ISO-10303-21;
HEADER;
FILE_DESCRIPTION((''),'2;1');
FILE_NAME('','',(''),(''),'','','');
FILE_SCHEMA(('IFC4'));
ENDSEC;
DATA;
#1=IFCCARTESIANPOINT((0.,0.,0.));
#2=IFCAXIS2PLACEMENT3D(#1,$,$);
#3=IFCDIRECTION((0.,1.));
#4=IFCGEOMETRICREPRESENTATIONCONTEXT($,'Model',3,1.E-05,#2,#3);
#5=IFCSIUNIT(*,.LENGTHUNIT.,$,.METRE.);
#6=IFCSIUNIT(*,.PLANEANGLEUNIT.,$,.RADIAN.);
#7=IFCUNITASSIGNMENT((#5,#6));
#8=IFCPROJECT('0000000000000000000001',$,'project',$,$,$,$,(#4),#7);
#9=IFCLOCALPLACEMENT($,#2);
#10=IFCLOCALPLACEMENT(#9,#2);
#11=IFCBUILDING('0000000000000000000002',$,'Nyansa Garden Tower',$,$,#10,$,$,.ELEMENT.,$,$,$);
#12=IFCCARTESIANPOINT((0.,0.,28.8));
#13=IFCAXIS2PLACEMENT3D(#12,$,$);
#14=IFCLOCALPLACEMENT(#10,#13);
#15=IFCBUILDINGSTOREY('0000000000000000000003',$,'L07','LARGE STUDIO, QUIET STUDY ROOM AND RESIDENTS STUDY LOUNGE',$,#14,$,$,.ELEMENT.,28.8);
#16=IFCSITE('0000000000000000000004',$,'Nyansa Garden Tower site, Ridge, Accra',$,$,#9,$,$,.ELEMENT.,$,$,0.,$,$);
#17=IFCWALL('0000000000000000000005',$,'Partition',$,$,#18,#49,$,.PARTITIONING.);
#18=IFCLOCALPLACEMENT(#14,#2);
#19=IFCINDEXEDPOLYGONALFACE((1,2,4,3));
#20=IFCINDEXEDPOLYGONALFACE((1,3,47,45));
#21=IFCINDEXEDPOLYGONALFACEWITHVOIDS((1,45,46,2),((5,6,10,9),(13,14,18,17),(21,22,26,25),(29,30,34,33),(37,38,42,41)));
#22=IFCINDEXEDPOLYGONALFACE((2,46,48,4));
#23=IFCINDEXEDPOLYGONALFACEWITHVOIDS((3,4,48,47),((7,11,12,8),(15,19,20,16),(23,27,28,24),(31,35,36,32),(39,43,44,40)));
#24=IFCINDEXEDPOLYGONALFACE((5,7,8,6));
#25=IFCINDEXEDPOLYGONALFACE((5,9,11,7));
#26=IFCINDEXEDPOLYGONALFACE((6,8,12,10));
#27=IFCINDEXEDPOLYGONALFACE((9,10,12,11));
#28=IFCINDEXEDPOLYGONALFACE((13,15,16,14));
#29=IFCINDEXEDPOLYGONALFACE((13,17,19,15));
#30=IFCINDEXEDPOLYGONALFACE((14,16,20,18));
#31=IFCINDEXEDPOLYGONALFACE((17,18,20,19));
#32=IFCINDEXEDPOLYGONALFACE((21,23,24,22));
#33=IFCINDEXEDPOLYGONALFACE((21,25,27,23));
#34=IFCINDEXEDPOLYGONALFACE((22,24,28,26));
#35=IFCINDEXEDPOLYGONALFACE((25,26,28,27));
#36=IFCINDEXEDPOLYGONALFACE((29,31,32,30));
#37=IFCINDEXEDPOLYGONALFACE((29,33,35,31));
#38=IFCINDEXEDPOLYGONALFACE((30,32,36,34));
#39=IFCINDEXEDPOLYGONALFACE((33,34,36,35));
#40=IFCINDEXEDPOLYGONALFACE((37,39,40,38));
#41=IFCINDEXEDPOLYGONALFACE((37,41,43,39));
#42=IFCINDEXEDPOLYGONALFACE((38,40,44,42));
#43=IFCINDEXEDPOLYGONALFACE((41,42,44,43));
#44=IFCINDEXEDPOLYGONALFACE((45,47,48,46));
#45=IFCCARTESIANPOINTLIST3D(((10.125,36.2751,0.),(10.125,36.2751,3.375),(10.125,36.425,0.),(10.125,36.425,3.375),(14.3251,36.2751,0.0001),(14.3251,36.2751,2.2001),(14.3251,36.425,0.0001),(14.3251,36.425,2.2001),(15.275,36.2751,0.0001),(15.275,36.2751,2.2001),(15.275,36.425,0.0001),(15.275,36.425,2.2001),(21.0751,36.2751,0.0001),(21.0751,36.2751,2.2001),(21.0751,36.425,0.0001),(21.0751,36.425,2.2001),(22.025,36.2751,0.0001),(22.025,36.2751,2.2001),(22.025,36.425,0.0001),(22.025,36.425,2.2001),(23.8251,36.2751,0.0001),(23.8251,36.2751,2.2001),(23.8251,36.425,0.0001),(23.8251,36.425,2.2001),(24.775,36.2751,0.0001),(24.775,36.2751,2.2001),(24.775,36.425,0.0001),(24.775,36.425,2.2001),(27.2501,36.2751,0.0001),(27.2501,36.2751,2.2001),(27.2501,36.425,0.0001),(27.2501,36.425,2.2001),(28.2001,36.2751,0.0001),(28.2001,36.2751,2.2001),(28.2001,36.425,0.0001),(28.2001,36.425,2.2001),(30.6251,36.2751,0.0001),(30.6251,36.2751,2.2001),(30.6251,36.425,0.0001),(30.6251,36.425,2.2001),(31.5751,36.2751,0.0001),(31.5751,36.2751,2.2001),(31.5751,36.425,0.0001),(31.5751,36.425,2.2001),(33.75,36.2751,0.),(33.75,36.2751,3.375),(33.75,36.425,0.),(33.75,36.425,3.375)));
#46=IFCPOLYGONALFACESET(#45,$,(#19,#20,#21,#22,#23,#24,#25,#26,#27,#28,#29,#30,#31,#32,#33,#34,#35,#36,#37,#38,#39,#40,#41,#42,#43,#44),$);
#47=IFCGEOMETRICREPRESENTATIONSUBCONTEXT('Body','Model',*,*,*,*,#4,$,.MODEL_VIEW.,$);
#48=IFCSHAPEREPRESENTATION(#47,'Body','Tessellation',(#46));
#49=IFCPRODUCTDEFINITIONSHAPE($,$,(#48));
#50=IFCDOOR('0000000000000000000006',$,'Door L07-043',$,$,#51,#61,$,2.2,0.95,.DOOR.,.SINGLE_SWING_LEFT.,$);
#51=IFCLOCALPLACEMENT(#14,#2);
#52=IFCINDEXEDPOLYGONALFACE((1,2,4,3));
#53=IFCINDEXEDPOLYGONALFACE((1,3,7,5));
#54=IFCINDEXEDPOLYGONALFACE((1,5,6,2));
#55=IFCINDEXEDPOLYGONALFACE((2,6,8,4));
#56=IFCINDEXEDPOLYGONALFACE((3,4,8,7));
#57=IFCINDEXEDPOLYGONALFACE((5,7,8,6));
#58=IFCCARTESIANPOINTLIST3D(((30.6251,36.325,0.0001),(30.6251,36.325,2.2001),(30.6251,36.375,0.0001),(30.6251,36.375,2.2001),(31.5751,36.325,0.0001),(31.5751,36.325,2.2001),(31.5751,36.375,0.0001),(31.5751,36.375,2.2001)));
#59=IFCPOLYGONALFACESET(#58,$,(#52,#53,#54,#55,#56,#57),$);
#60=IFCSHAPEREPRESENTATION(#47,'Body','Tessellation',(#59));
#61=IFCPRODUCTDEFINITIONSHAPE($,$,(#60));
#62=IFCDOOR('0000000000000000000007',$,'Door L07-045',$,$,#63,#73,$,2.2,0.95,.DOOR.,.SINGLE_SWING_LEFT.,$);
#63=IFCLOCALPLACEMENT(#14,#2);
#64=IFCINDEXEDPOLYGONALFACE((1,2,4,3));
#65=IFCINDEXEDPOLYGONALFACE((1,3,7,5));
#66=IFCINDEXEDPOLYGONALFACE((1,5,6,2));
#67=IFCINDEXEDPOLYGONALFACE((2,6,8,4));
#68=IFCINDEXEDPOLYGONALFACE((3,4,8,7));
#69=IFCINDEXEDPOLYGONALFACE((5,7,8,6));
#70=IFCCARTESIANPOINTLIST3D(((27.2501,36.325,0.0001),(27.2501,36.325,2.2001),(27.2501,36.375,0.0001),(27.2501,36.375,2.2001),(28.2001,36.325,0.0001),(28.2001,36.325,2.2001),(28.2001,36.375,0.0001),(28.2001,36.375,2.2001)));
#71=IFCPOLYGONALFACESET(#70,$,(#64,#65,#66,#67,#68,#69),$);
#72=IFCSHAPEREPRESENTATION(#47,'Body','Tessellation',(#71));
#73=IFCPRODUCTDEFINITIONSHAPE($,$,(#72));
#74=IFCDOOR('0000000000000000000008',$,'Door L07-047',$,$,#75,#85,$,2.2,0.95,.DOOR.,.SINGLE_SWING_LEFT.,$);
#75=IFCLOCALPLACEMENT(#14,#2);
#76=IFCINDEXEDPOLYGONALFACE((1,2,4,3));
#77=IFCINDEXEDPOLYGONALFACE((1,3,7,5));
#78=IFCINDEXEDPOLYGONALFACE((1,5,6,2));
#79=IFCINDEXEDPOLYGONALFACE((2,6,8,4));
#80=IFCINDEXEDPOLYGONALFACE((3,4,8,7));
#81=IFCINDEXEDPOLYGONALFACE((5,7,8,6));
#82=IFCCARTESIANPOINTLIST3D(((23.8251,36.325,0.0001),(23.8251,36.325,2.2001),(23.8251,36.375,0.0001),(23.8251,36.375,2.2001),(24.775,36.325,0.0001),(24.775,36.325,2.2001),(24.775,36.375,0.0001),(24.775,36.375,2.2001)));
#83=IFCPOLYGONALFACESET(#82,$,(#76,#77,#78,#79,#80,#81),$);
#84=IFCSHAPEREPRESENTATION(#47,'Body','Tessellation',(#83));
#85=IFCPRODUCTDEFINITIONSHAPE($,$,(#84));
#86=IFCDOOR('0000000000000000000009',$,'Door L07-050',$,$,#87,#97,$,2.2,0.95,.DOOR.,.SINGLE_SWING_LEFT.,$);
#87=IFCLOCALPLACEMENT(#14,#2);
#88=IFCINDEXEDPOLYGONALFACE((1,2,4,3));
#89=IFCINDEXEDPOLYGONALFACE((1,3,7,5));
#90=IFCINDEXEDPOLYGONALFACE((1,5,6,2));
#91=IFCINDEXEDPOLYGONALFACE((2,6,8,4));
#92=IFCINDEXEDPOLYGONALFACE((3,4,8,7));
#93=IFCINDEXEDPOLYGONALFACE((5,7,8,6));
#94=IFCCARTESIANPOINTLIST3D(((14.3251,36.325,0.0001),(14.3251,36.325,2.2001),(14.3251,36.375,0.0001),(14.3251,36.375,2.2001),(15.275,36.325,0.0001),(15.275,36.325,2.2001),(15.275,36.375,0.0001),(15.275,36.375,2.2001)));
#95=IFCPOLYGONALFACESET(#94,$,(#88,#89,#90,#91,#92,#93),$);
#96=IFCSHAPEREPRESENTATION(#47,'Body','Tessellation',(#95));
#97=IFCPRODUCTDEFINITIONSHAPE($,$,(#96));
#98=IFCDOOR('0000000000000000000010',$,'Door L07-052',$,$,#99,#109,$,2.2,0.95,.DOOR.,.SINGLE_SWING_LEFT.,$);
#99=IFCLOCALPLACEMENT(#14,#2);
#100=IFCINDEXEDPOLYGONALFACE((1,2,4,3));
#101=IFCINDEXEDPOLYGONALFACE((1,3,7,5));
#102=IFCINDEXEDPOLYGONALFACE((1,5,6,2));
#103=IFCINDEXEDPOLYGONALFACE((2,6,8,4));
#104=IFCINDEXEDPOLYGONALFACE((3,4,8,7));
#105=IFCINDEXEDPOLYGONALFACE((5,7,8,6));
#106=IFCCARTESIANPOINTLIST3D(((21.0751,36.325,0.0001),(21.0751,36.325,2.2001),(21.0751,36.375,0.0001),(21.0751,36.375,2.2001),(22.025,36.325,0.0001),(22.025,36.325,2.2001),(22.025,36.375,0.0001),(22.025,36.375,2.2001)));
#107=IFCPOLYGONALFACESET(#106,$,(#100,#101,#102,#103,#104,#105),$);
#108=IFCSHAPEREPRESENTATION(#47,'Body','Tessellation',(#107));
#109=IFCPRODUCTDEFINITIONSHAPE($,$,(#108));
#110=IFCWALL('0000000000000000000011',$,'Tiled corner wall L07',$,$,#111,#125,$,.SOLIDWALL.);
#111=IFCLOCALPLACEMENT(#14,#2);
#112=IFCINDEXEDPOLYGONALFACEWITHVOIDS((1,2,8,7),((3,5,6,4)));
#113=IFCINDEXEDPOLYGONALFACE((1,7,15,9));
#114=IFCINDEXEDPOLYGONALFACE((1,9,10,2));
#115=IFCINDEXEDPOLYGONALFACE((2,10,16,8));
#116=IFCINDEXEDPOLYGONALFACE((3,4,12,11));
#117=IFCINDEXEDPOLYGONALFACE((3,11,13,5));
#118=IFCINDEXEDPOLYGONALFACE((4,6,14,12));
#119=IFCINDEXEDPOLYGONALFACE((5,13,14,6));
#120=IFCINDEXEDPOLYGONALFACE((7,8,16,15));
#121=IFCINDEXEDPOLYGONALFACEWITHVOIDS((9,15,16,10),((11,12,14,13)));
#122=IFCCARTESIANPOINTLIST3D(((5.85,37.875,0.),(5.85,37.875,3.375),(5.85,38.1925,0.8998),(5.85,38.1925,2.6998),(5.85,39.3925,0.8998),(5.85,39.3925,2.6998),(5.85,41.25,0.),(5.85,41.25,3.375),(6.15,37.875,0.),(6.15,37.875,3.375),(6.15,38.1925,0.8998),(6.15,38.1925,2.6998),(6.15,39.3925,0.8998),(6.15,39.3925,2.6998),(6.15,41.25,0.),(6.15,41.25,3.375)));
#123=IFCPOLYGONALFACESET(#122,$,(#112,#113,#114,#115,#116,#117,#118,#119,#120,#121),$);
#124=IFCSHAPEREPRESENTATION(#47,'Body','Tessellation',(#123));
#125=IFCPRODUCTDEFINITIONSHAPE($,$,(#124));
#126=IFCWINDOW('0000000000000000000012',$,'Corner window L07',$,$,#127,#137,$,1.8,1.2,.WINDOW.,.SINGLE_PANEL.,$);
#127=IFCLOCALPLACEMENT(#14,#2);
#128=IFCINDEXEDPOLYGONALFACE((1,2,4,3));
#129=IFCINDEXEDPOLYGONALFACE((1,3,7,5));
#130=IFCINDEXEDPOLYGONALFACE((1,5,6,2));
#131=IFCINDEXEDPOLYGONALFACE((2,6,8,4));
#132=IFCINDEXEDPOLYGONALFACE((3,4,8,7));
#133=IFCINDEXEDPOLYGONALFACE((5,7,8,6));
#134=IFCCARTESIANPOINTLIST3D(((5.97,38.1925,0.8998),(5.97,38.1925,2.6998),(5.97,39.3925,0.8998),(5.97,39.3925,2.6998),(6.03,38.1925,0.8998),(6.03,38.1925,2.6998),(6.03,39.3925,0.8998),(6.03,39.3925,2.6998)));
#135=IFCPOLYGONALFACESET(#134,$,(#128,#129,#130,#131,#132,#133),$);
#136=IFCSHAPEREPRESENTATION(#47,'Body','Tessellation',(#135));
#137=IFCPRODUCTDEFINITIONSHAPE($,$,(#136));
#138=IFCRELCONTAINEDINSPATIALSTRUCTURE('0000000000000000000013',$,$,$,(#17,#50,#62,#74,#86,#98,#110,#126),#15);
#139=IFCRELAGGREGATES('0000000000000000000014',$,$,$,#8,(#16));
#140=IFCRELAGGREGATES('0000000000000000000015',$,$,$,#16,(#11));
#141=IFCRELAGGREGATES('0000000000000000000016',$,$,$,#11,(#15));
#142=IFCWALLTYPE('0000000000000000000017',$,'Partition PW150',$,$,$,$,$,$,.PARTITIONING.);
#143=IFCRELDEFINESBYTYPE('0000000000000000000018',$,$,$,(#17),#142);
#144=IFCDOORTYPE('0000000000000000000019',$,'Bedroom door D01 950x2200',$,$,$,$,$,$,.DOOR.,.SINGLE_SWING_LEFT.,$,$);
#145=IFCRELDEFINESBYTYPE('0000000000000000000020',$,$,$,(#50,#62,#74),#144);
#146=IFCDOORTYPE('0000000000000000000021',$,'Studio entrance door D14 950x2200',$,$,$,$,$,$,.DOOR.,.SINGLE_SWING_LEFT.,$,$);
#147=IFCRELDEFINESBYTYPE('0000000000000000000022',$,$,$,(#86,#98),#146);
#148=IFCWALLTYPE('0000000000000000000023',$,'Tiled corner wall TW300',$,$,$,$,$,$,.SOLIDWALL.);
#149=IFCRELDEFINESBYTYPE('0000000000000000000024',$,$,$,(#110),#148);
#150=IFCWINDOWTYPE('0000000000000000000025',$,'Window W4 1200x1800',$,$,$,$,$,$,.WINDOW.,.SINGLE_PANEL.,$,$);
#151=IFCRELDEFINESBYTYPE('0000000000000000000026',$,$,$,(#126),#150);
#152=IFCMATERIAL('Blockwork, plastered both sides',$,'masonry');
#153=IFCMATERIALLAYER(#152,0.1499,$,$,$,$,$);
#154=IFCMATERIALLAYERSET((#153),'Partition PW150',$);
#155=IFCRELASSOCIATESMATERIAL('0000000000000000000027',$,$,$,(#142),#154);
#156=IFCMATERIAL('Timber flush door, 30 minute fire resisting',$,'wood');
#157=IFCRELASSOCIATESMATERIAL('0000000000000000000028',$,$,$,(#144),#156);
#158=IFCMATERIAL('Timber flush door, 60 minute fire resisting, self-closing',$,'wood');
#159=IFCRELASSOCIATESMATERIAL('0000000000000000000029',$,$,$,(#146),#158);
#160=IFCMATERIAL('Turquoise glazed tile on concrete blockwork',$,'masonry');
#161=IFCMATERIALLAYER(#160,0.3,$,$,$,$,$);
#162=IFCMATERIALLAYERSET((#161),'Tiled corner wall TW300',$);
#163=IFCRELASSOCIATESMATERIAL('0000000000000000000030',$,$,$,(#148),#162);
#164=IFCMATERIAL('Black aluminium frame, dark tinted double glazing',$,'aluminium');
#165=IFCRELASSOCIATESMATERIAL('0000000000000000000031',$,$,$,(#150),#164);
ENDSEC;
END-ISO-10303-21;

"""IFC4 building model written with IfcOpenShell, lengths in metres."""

from ifc_helpers import new_model, si_unit, direction, frame, frame_2d, origin, place, context, subcontext, project, spatial, rectangle, extrude, material, layer, layer_set, type_object, element, fill, save


model = new_model("IFC4")

# Units and contexts
model_context = context("Model", 3, precision=1e-05, world=origin(), true_north=direction((0.0, 1.0)))
body_context = subcontext(model_context, "Body", "Model", "MODEL_VIEW")
ifc_project = project(units=[si_unit("LENGTHUNIT", "METRE"), si_unit("PLANEANGLEUNIT", "RADIAN")], contexts=[model_context])

# Site, building, storey
site_placement = place(None, origin())
site = spatial("IfcSite", under=ifc_project, at=site_placement, Name="Nyansa Garden Tower site, Ridge, Accra", CompositionType="ELEMENT", RefElevation=0.0)
building_placement = place(site_placement, origin())
building = spatial("IfcBuilding", under=site, at=building_placement, Name="Nyansa Garden Tower", CompositionType="ELEMENT")
storey_placement = place(building_placement, frame((0.0, 0.0, 28.8)))
storey = spatial("IfcBuildingStorey", under=building, at=storey_placement, Name="L07", Description="LARGE STUDIO, QUIET STUDY ROOM AND RESIDENTS STUDY LOUNGE", CompositionType="ELEMENT", Elevation=28.8)

# Shared definitions
ifc_material_1 = material(Name="Blockwork, plastered both sides", Category="masonry")
ifc_layer_1 = layer(ifc_material_1, 0.1499)
ifc_layer_set_1 = layer_set([ifc_layer_1], Name="Partition PW150")
wall_type_1 = type_object("IfcWallType", Name="Partition PW150", PredefinedType="PARTITIONING", material=ifc_layer_set_1)

# Shared definitions
ifc_material_2 = material(Name="Timber flush door, 30 minute fire resisting", Category="wood")
door_type_1 = type_object("IfcDoorType", Name="Bedroom door D01 950x2200", OperationType="SINGLE_SWING_LEFT", PredefinedType="DOOR", material=ifc_material_2)

# Wall, openings, doors
wall_1_placement = place(storey_placement, frame((10.125, 36.3501, 0.0), z_axis=(0.0, 0.0, 1.0), x_axis=(1.0, 0.0, 0.0)))
wall_1 = element("IfcWall", 1, at=wall_1_placement, inside=storey, type_object=wall_type_1, Name="Partition", PredefinedType="PARTITIONING", context=body_context, shape_type="SweptSolid", body=[
    extrude(rectangle(XDim=23.625, YDim=0.1499, at=frame_2d((11.8125, 0.0))), origin(), (0.0, 0.0, 1.0), 3.375),
])
opening_1_placement = place(wall_1_placement, frame((20.5, 0.0, 0.0)))
opening_1 = element("IfcOpeningElement", 2, at=opening_1_placement, cuts=wall_1, PredefinedType="OPENING", context=body_context, shape_type="SweptSolid", body=[
    extrude(rectangle(XDim=0.95, YDim=2.2, at=frame_2d((0.4751, 1.1001))), frame((0.0, 0.085, 0.0), z_axis=(0.0, -1.0, 0.0), x_axis=(1.0, 0.0, 0.0)), (0.0, 0.0, 1.0), 0.1699),
])
opening_2_placement = place(wall_1_placement, frame((17.125, 0.0, 0.0)))
opening_2 = element("IfcOpeningElement", 3, at=opening_2_placement, cuts=wall_1, PredefinedType="OPENING", context=body_context, shape_type="SweptSolid", body=[
    extrude(rectangle(XDim=0.95, YDim=2.2, at=frame_2d((0.4751, 1.1001))), frame((0.0, 0.085, 0.0), z_axis=(0.0, -1.0, 0.0), x_axis=(1.0, 0.0, 0.0)), (0.0, 0.0, 1.0), 0.1699),
])
opening_3_placement = place(wall_1_placement, frame((13.7, 0.0, 0.0)))
opening_3 = element("IfcOpeningElement", 4, at=opening_3_placement, cuts=wall_1, PredefinedType="OPENING", context=body_context, shape_type="SweptSolid", body=[
    extrude(rectangle(XDim=0.95, YDim=2.2, at=frame_2d((0.4751, 1.1001))), frame((0.0, 0.085, 0.0), z_axis=(0.0, -1.0, 0.0), x_axis=(1.0, 0.0, 0.0)), (0.0, 0.0, 1.0), 0.1699),
])
opening_4_placement = place(wall_1_placement, frame((4.2, 0.0, 0.0)))
opening_4 = element("IfcOpeningElement", 5, at=opening_4_placement, cuts=wall_1, PredefinedType="OPENING", context=body_context, shape_type="SweptSolid", body=[
    extrude(rectangle(XDim=0.95, YDim=2.2, at=frame_2d((0.4751, 1.1001))), frame((0.0, 0.085, 0.0), z_axis=(0.0, -1.0, 0.0), x_axis=(1.0, 0.0, 0.0)), (0.0, 0.0, 1.0), 0.1699),
])
opening_5_placement = place(wall_1_placement, frame((10.95, 0.0, 0.0)))
opening_5 = element("IfcOpeningElement", 6, at=opening_5_placement, cuts=wall_1, PredefinedType="OPENING", context=body_context, shape_type="SweptSolid", body=[
    extrude(rectangle(XDim=0.95, YDim=2.2, at=frame_2d((0.4751, 1.1001))), frame((0.0, 0.085, 0.0), z_axis=(0.0, -1.0, 0.0), x_axis=(1.0, 0.0, 0.0)), (0.0, 0.0, 1.0), 0.1699),
])
door_1_placement = place(opening_1_placement, origin())
door_1 = element("IfcDoor", 7, at=door_1_placement, inside=storey, type_object=door_type_1, Name="Door L07-043", OperationType="SINGLE_SWING_LEFT", OverallHeight=2.2, OverallWidth=0.95, PredefinedType="DOOR", context=body_context, shape_type="SweptSolid", body=[
    extrude(rectangle(XDim=0.95, YDim=2.2, at=frame_2d((0.4751, 1.1001))), frame((0.0, 0.0249, 0.0), z_axis=(0.0, -1.0, 0.0), x_axis=(1.0, 0.0, 0.0)), (0.0, 0.0, 1.0), 0.05),
])
fill(opening_1, door_1)
door_2_placement = place(opening_2_placement, origin())
door_2 = element("IfcDoor", 8, at=door_2_placement, inside=storey, type_object=door_type_1, Name="Door L07-045", OperationType="SINGLE_SWING_LEFT", OverallHeight=2.2, OverallWidth=0.95, PredefinedType="DOOR", context=body_context, shape_type="SweptSolid", body=[
    extrude(rectangle(XDim=0.95, YDim=2.2, at=frame_2d((0.4751, 1.1001))), frame((0.0, 0.0249, 0.0), z_axis=(0.0, -1.0, 0.0), x_axis=(1.0, 0.0, 0.0)), (0.0, 0.0, 1.0), 0.05),
])
fill(opening_2, door_2)
door_3_placement = place(opening_3_placement, origin())
door_3 = element("IfcDoor", 9, at=door_3_placement, inside=storey, type_object=door_type_1, Name="Door L07-047", OperationType="SINGLE_SWING_LEFT", OverallHeight=2.2, OverallWidth=0.95, PredefinedType="DOOR", context=body_context, shape_type="SweptSolid", body=[
    extrude(rectangle(XDim=0.95, YDim=2.2, at=frame_2d((0.4751, 1.1001))), frame((0.0, 0.0249, 0.0), z_axis=(0.0, -1.0, 0.0), x_axis=(1.0, 0.0, 0.0)), (0.0, 0.0, 1.0), 0.05),
])
fill(opening_3, door_3)
ifc_material_3 = material(Name="Timber flush door, 60 minute fire resisting, self-closing", Category="wood")
door_type_2 = type_object("IfcDoorType", Name="Studio entrance door D14 950x2200", OperationType="SINGLE_SWING_LEFT", PredefinedType="DOOR", material=ifc_material_3)
door_4_placement = place(opening_4_placement, origin())
door_4 = element("IfcDoor", 10, at=door_4_placement, inside=storey, type_object=door_type_2, Name="Door L07-050", OperationType="SINGLE_SWING_LEFT", OverallHeight=2.2, OverallWidth=0.95, PredefinedType="DOOR", context=body_context, shape_type="SweptSolid", body=[
    extrude(rectangle(XDim=0.95, YDim=2.2, at=frame_2d((0.4751, 1.1001))), frame((0.0, 0.0249, 0.0), z_axis=(0.0, -1.0, 0.0), x_axis=(1.0, 0.0, 0.0)), (0.0, 0.0, 1.0), 0.05),
])
fill(opening_4, door_4)
door_5_placement = place(opening_5_placement, origin())
door_5 = element("IfcDoor", 11, at=door_5_placement, inside=storey, type_object=door_type_2, Name="Door L07-052", OperationType="SINGLE_SWING_LEFT", OverallHeight=2.2, OverallWidth=0.95, PredefinedType="DOOR", context=body_context, shape_type="SweptSolid", body=[
    extrude(rectangle(XDim=0.95, YDim=2.2, at=frame_2d((0.4751, 1.1001))), frame((0.0, 0.0249, 0.0), z_axis=(0.0, -1.0, 0.0), x_axis=(1.0, 0.0, 0.0)), (0.0, 0.0, 1.0), 0.05),
])
fill(opening_5, door_5)

# Wall, opening, window
ifc_material_4 = material(Name="Turquoise glazed tile on concrete blockwork", Category="masonry")
ifc_layer_2 = layer(ifc_material_4, 0.3)
ifc_layer_set_2 = layer_set([ifc_layer_2], Name="Tiled corner wall TW300")
wall_type_2 = type_object("IfcWallType", Name="Tiled corner wall TW300", PredefinedType="SOLIDWALL", material=ifc_layer_set_2)
wall_2_placement = place(storey_placement, frame((6.0, 41.25, 0.0), z_axis=(0.0, 0.0, 1.0), x_axis=(0.0, -1.0, 0.0)))
wall_2 = element("IfcWall", 12, at=wall_2_placement, inside=storey, type_object=wall_type_2, Name="Tiled corner wall L07", PredefinedType="SOLIDWALL", context=body_context, shape_type="SweptSolid", body=[
    extrude(rectangle(XDim=3.375, YDim=0.3, at=frame_2d((1.6875, 0.0))), origin(), (0.0, 0.0, 1.0), 3.375),
])
opening_6_placement = place(wall_2_placement, frame((1.8574, 0.0, 0.8999)))
opening_6 = element("IfcOpeningElement", 13, at=opening_6_placement, cuts=wall_2, PredefinedType="OPENING", context=body_context, shape_type="SweptSolid", body=[
    extrude(rectangle(XDim=1.2, YDim=1.8, at=frame_2d((0.6001, 0.8999))), frame((0.0, 0.1599, 0.0), z_axis=(0.0, -1.0, 0.0), x_axis=(1.0, 0.0, 0.0)), (0.0, 0.0, 1.0), 0.3201),
])
ifc_material_5 = material(Name="Black aluminium frame, dark tinted double glazing", Category="aluminium")
window_type = type_object("IfcWindowType", Name="Window W4 1200x1800", PartitioningType="SINGLE_PANEL", PredefinedType="WINDOW", material=ifc_material_5)
window_placement = place(opening_6_placement, origin())
window = element("IfcWindow", 14, at=window_placement, inside=storey, type_object=window_type, Name="Corner window L07", OverallHeight=1.8, OverallWidth=1.2, PartitioningType="SINGLE_PANEL", PredefinedType="WINDOW", context=body_context, shape_type="SweptSolid", body=[
    extrude(rectangle(XDim=1.2, YDim=1.8, at=frame_2d((0.6001, 0.8999))), frame((0.0, 0.03, 0.0), z_axis=(0.0, -1.0, 0.0), x_axis=(1.0, 0.0, 0.0)), (0.0, 0.0, 1.0), 0.0601),
])
fill(opening_6, window)

save(model, "model.ifc")
